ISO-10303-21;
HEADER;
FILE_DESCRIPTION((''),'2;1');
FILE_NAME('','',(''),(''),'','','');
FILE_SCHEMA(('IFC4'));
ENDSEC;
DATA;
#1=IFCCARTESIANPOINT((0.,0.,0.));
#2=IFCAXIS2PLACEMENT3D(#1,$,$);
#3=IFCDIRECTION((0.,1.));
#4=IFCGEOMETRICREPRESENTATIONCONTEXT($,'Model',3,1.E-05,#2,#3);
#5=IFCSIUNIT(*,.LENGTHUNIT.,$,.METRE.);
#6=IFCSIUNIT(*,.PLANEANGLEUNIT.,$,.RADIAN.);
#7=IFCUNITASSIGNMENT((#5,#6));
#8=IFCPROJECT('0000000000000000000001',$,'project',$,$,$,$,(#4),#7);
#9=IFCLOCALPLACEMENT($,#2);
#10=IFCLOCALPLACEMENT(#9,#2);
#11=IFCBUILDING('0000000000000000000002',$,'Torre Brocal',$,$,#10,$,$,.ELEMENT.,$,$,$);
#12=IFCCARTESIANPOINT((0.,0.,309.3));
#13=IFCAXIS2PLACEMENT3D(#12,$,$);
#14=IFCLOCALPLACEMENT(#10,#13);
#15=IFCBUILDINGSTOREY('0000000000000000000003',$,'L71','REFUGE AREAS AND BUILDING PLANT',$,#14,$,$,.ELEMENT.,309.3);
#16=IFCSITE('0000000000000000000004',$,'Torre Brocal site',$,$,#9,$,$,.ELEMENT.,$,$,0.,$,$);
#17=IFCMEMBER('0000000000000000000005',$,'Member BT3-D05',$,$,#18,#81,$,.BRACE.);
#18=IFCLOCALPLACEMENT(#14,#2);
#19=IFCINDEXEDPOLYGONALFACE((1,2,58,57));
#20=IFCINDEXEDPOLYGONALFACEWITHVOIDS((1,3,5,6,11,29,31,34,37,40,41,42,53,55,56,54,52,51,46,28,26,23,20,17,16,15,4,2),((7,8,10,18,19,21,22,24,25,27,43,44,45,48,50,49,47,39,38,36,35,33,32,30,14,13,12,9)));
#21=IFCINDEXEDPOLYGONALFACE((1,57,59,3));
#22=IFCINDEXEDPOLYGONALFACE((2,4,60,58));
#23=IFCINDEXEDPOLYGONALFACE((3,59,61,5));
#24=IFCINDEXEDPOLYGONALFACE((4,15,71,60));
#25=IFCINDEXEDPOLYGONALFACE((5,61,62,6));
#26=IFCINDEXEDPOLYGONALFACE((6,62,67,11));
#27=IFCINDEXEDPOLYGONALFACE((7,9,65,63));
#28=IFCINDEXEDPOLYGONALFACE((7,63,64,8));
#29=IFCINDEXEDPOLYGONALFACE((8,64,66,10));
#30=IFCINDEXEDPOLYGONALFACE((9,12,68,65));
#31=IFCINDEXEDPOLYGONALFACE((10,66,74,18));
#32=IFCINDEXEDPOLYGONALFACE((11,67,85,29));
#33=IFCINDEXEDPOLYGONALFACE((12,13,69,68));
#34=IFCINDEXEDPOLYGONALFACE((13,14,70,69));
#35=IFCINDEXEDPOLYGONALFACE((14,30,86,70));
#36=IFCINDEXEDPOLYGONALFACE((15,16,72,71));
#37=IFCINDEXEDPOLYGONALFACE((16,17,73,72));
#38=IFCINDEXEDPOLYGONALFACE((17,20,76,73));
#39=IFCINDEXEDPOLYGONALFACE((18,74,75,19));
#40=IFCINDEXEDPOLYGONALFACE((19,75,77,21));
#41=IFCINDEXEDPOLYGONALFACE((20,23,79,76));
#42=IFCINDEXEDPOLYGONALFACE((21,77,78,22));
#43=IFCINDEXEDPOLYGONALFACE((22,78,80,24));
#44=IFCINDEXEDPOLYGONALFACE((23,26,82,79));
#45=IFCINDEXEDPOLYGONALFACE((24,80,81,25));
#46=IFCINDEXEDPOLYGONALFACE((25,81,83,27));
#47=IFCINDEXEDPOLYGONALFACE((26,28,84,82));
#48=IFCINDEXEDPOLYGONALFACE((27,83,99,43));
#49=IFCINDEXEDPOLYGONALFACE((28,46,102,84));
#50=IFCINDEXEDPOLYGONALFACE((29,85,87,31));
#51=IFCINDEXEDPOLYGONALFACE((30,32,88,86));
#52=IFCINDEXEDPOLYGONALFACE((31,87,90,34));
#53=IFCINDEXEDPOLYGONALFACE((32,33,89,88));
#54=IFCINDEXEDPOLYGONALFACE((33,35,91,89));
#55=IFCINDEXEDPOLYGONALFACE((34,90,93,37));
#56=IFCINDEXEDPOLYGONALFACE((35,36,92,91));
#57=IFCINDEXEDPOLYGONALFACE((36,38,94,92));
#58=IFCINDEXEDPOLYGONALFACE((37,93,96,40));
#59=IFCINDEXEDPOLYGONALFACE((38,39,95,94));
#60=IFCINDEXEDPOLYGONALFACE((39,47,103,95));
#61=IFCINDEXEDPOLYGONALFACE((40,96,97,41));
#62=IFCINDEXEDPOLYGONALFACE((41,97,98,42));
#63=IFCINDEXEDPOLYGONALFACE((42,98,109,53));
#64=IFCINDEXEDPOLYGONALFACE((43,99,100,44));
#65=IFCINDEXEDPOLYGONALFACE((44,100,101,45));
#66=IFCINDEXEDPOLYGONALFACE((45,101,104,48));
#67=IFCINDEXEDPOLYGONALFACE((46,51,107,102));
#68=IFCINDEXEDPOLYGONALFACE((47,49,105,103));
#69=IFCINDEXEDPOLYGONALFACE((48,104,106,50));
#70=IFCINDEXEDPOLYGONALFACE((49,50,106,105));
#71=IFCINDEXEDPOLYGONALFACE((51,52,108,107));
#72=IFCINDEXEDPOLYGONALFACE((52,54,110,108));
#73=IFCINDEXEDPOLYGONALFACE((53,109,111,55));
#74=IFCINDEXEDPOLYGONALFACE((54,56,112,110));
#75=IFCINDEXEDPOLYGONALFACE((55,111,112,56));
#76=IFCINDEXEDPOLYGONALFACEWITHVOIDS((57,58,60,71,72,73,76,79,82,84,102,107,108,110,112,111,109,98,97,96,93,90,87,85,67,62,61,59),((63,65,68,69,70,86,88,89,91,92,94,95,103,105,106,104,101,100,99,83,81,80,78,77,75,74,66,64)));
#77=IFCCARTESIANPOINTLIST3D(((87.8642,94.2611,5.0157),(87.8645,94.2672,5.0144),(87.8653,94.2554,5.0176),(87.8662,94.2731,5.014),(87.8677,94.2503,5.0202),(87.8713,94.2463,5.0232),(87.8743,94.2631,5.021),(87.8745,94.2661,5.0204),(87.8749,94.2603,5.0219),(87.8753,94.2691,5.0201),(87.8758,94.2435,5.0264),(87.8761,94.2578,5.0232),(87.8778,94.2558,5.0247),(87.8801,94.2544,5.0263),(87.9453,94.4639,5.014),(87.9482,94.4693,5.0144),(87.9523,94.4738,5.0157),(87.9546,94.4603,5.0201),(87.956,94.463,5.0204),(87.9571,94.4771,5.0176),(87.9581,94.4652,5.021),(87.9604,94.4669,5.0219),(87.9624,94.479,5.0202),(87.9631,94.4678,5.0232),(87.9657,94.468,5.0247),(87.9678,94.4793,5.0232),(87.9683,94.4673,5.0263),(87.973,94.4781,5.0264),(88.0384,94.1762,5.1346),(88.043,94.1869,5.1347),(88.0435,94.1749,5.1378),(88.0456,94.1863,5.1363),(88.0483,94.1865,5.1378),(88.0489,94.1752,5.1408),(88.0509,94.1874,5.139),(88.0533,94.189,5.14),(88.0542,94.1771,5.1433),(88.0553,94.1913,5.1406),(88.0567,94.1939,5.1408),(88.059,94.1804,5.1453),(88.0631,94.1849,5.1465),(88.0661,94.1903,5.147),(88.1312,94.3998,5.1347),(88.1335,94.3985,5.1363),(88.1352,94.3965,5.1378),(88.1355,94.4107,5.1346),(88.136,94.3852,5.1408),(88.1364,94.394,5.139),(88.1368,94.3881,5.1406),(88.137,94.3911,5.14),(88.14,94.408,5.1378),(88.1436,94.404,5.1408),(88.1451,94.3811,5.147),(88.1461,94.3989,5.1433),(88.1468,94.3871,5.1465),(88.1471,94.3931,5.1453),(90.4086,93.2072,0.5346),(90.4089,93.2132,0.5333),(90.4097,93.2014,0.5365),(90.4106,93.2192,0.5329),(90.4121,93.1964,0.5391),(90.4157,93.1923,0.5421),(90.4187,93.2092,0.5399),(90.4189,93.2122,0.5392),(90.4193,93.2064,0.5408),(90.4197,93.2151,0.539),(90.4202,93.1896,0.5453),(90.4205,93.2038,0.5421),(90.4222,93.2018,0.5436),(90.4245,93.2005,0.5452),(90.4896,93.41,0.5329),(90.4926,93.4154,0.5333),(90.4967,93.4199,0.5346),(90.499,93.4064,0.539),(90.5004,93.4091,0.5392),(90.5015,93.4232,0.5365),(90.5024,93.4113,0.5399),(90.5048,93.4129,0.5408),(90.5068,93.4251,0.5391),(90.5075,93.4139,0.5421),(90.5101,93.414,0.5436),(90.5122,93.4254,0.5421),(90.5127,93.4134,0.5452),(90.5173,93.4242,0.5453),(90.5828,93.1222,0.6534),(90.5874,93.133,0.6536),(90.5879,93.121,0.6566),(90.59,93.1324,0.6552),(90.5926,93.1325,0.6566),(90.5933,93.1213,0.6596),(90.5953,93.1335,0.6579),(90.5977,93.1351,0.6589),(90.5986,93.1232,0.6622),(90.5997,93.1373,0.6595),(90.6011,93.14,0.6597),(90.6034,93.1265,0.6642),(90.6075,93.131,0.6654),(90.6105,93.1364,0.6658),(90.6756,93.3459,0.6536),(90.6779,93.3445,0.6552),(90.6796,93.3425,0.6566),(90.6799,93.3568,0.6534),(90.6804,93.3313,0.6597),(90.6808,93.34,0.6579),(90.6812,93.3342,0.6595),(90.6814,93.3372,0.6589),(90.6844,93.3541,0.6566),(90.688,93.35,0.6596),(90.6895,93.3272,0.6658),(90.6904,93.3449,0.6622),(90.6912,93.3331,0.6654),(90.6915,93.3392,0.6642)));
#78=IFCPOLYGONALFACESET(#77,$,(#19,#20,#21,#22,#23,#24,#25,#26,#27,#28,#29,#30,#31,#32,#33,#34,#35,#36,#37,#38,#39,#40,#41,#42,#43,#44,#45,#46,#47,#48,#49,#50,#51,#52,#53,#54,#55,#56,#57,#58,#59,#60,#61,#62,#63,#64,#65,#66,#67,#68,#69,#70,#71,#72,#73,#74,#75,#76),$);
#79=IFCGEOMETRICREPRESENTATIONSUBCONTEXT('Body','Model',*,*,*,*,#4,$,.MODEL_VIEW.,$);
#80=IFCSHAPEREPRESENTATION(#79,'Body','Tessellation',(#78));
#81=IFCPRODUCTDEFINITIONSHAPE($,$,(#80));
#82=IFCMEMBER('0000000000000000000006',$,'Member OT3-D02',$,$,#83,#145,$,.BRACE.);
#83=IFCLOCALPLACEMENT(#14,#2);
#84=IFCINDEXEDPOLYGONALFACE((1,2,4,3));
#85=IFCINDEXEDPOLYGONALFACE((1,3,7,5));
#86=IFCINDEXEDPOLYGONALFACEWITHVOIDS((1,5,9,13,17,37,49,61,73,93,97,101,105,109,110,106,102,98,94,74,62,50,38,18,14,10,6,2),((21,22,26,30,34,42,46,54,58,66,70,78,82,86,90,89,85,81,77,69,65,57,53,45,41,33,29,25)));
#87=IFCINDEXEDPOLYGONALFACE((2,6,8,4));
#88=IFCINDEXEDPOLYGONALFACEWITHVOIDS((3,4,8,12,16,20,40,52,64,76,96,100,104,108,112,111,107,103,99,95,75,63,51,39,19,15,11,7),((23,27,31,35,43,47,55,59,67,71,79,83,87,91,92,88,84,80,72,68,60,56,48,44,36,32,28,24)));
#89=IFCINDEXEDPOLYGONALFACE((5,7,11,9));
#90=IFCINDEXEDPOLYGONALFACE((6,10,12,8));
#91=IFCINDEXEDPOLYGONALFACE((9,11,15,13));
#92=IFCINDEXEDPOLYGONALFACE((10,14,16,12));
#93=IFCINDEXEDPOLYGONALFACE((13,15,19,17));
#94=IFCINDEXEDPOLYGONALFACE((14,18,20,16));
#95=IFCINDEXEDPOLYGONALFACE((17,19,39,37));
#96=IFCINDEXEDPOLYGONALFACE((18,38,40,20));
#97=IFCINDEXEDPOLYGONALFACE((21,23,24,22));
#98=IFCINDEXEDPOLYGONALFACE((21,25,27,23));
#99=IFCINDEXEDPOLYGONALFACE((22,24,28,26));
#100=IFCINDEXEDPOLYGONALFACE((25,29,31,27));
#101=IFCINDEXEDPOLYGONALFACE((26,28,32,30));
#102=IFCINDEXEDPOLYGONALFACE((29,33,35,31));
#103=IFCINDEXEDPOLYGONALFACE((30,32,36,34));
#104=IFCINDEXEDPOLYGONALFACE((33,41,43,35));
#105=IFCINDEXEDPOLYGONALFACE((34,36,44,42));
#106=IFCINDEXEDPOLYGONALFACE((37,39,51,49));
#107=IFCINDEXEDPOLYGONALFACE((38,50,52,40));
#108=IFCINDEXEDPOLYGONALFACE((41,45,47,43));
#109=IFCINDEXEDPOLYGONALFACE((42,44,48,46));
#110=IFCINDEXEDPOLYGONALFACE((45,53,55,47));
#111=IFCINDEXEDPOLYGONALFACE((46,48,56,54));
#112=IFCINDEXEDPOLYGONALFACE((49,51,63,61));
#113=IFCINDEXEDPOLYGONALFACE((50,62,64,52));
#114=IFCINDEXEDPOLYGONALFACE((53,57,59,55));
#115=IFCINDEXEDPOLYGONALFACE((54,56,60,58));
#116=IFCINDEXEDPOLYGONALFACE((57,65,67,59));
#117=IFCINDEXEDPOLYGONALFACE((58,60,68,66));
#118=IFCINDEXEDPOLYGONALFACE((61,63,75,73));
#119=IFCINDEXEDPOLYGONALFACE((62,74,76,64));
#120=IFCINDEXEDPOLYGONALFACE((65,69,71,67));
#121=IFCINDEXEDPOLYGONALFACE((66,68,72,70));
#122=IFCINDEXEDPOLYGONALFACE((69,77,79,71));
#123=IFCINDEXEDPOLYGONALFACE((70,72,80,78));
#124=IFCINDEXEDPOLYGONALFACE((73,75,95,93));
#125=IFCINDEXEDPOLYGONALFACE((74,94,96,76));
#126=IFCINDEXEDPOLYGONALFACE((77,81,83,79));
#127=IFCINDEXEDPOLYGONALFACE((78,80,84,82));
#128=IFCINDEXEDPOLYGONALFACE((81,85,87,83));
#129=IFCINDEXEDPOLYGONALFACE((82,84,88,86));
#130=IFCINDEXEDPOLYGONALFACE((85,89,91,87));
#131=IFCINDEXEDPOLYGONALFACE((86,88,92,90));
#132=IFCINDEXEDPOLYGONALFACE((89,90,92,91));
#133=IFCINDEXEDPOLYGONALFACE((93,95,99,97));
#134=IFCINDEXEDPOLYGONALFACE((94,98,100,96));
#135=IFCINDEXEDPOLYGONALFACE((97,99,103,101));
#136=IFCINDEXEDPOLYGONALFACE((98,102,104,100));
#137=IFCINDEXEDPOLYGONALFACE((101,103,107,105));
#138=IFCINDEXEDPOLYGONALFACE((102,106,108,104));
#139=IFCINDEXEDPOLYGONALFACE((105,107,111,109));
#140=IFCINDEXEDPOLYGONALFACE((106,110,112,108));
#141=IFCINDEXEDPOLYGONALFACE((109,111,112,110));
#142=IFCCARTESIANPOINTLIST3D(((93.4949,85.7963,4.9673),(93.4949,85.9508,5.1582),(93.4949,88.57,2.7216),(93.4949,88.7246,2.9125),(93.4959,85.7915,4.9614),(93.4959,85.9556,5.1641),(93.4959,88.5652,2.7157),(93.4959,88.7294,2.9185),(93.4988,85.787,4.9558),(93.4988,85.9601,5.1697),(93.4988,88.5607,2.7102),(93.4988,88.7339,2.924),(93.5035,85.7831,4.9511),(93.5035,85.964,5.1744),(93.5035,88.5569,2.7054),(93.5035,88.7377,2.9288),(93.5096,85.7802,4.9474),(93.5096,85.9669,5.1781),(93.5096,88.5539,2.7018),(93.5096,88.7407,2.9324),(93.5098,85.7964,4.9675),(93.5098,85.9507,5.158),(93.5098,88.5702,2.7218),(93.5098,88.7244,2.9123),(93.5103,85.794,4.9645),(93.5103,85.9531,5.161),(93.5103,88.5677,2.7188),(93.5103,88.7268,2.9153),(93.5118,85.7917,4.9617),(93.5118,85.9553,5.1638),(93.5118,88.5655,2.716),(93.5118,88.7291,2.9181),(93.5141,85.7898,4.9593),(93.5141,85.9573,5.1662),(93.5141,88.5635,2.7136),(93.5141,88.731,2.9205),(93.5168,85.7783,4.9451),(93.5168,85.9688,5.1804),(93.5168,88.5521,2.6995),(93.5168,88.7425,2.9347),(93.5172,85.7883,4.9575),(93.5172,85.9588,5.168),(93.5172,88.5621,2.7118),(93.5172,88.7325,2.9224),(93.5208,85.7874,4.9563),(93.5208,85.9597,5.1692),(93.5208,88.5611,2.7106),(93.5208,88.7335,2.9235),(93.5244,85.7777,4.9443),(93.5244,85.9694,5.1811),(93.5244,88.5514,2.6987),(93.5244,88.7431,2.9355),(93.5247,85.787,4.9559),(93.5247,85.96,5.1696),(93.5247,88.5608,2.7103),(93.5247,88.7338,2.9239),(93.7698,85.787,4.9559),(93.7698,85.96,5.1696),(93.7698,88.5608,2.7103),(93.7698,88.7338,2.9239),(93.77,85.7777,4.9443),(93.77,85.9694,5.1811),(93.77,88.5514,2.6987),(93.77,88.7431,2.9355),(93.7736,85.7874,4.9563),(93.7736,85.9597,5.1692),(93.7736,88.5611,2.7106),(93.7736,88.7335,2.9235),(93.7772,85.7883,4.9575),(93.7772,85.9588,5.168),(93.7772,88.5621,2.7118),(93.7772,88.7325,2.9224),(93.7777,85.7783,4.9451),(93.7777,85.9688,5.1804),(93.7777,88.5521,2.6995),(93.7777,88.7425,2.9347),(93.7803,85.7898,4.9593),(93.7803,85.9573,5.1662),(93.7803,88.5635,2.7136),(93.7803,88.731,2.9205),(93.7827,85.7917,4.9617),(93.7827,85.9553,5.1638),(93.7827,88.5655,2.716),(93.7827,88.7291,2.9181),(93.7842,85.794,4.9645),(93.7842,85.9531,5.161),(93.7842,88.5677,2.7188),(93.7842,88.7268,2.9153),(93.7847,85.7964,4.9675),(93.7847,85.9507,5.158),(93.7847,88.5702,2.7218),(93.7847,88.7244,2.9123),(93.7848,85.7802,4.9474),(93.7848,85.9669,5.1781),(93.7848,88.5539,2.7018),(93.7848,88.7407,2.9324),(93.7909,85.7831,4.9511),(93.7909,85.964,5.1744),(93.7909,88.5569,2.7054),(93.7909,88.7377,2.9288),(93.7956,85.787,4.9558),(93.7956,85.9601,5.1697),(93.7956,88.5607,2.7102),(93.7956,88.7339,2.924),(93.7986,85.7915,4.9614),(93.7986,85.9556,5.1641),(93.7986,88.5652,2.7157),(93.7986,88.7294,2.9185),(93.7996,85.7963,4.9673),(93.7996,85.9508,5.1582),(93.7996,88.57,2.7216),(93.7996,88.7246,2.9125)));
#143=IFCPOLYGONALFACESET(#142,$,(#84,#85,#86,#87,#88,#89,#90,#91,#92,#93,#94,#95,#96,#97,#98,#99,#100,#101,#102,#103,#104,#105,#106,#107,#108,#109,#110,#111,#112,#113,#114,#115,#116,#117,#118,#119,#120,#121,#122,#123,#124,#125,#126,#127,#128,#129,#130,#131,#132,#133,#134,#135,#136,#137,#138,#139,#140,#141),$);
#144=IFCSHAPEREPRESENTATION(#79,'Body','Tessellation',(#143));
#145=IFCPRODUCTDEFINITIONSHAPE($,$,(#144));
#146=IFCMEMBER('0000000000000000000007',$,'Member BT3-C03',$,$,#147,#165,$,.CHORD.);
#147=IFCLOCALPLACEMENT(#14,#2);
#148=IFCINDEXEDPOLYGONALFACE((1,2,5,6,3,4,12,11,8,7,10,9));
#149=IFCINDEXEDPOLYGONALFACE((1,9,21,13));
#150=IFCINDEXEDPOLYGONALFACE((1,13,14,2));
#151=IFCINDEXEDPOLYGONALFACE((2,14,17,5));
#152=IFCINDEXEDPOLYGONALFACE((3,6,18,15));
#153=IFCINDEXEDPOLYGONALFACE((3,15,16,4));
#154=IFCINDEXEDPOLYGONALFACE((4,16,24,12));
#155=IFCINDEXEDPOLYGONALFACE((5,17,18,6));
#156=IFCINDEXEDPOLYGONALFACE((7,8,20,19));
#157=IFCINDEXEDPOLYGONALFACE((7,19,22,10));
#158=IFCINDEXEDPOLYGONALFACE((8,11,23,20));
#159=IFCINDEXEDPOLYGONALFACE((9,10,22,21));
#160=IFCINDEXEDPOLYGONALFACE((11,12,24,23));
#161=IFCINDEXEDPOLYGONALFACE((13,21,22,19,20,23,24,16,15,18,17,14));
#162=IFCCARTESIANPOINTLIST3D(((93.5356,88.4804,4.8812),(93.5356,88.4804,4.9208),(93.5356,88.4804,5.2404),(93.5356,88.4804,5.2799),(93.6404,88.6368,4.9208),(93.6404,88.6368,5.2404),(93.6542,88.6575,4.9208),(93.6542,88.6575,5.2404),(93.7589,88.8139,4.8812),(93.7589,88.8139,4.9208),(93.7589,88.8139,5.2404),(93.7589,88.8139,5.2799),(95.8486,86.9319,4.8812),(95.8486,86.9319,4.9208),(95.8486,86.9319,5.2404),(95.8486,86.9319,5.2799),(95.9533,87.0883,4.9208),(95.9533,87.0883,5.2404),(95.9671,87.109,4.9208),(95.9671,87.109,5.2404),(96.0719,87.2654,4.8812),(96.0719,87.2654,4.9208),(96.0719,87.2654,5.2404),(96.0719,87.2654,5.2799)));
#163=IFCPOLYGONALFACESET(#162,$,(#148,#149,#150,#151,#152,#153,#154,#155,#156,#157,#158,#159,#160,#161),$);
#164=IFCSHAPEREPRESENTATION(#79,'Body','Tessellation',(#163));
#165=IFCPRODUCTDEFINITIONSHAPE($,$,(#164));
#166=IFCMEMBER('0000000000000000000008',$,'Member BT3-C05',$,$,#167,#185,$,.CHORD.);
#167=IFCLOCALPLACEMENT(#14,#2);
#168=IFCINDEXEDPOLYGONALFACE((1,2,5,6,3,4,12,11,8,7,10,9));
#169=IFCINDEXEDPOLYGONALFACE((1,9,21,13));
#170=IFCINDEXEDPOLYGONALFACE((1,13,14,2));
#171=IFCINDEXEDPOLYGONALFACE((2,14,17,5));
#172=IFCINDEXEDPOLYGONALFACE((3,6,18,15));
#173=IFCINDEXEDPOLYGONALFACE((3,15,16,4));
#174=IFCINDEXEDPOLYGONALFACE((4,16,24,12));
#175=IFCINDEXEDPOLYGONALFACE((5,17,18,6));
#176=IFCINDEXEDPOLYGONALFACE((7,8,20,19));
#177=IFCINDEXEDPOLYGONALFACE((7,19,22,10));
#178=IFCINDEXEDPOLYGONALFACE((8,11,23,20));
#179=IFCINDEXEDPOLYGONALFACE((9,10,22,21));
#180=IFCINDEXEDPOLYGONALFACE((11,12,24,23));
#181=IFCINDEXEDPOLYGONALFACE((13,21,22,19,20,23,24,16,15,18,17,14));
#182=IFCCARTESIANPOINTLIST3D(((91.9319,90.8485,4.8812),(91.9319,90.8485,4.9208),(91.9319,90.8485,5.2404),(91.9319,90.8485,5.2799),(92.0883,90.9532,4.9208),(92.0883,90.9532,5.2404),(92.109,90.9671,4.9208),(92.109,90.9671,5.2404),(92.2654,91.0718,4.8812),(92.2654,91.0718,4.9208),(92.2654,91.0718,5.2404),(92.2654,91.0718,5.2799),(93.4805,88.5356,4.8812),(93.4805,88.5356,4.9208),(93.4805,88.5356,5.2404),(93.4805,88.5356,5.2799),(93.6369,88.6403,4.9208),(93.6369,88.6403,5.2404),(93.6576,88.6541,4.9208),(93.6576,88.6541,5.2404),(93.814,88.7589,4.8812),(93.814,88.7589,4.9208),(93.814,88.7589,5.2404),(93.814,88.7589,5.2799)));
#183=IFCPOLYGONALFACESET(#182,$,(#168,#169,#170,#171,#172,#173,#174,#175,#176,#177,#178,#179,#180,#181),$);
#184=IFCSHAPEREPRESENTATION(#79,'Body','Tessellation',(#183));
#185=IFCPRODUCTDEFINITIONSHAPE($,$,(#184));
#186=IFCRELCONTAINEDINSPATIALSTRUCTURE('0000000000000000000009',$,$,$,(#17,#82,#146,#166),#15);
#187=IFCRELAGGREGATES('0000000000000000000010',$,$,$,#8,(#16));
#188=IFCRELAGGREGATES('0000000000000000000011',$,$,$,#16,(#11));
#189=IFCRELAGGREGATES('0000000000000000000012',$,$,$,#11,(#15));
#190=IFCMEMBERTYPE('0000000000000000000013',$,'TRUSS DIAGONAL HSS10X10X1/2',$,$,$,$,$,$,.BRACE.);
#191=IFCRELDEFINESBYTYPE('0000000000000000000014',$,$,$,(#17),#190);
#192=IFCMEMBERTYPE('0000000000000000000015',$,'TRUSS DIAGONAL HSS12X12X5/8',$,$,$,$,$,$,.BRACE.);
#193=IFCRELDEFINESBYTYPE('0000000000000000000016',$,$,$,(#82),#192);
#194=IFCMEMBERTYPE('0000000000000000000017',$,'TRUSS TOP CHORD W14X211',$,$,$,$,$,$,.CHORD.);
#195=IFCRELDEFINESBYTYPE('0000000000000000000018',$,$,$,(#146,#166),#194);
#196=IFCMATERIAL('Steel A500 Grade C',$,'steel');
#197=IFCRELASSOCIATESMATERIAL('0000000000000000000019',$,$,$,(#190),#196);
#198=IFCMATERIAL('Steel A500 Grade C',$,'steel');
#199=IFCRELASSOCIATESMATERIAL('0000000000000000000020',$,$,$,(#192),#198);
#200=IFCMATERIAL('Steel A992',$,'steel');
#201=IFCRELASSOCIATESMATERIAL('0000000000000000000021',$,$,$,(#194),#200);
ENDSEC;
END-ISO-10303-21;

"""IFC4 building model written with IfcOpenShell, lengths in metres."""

from ifc_helpers import new_model, si_unit, direction, frame, origin, origin_2d, place, context, subcontext, project, spatial, hollow_rectangle, i_section, extrude, material, material_profile, profile_set, type_object, element, save


model = new_model("IFC4")

# Units and contexts
model_context = context("Model", 3, precision=1e-05, world=origin(), true_north=direction((0.0, 1.0)))
body_context = subcontext(model_context, "Body", "Model", "MODEL_VIEW")
ifc_project = project(units=[si_unit("LENGTHUNIT", "METRE"), si_unit("PLANEANGLEUNIT", "RADIAN")], contexts=[model_context])

# Site, building, storey
site_placement = place(None, origin())
site = spatial("IfcSite", under=ifc_project, at=site_placement, Name="Torre Brocal site", CompositionType="ELEMENT", RefElevation=0.0)
building_placement = place(site_placement, origin())
building = spatial("IfcBuilding", under=site, at=building_placement, Name="Torre Brocal", CompositionType="ELEMENT")
storey_placement = place(building_placement, frame((0.0, 0.0, 309.3)))
storey = spatial("IfcBuildingStorey", under=building, at=storey_placement, Name="L71", Description="REFUGE AREAS AND BUILDING PLANT", CompositionType="ELEMENT", Elevation=309.3)

# Members
ifc_material_1 = material(Name="Steel A500 Grade C", Category="steel")
ifc_material_profile_1 = material_profile(ifc_material_1, hollow_rectangle(XDim=0.2539, YDim=0.2539, WallThickness=0.0117, InnerFilletRadius=0.0117, OuterFilletRadius=0.0237, at=origin_2d()), Name="HSS10X10X1/2")
ifc_profile_set_1 = profile_set([ifc_material_profile_1], Name="Steel A500 Grade C")
member_type_1 = type_object("IfcMemberType", Name="TRUSS DIAGONAL HSS10X10X1/2", PredefinedType="BRACE", material=ifc_profile_set_1)
member_1_placement = place(storey_placement, frame((90.55, 93.2732, 0.5994), z_axis=(-0.483745, 0.200377, 0.851962), x_axis=(-0.382688, -0.923877, 0.0)))
element("IfcMember", 1, at=member_1_placement, inside=storey, type_object=member_type_1, Name="Member BT3-D05", PredefinedType="BRACE", context=body_context, shape_type="SweptSolid", body=[
    extrude(hollow_rectangle(XDim=0.2539, YDim=0.2539, WallThickness=0.0117, InnerFilletRadius=0.0117, OuterFilletRadius=0.0237, at=origin_2d()), origin(), (0.0, 0.0, 1.0), 5.2598),
])
ifc_material_2 = material(Name="Steel A500 Grade C", Category="steel")
ifc_material_profile_2 = material_profile(ifc_material_2, hollow_rectangle(XDim=0.3047, YDim=0.3047, WallThickness=0.0149, InnerFilletRadius=0.0149, OuterFilletRadius=0.0295, at=origin_2d()), Name="HSS12X12X5/8")
ifc_profile_set_2 = profile_set([ifc_material_profile_2], Name="Steel A500 Grade C")
member_type_2 = type_object("IfcMemberType", Name="TRUSS DIAGONAL HSS12X12X5/8", PredefinedType="BRACE", material=ifc_profile_set_2)
member_2_placement = place(storey_placement, frame((93.6472, 85.8735, 5.0627), z_axis=(0.0, 0.777211, -0.62924), x_axis=(-1.0, 0.0, 0.0)))
element("IfcMember", 2, at=member_2_placement, inside=storey, type_object=member_type_2, Name="Member OT3-D02", PredefinedType="BRACE", context=body_context, shape_type="SweptSolid", body=[
    extrude(hollow_rectangle(XDim=0.3047, YDim=0.3047, WallThickness=0.0149, InnerFilletRadius=0.0149, OuterFilletRadius=0.0295, at=origin_2d()), origin(), (0.0, 0.0, 1.0), 3.5688),
])
ifc_material_3 = material(Name="Steel A992", Category="steel")
ifc_material_profile_3 = material_profile(ifc_material_3, i_section(OverallWidth=0.4014, OverallDepth=0.3987, WebThickness=0.0249, FlangeThickness=0.0396, at=origin_2d()), Name="W14X211")
ifc_profile_set_3 = profile_set([ifc_material_profile_3], Name="Steel A992")
member_type_3 = type_object("IfcMemberType", Name="TRUSS TOP CHORD W14X211", PredefinedType="CHORD", material=ifc_profile_set_3)
for number, where, z_axis, x_axis, name in (
    (3, (95.9602, 87.0986, 5.0806), (-0.830956, 0.556339, 0.0), (-0.556339, -0.830956, 0.0), "Member BT3-C03"),
    (4, (93.6472, 88.6472, 5.0806), (-0.556339, 0.830956, 0.0), (-0.830956, -0.556339, 0.0), "Member BT3-C05"),
):
    element("IfcMember", number, at=place(storey_placement, frame(where, z_axis=z_axis, x_axis=x_axis)), inside=storey, type_object=member_type_3, Name=name, PredefinedType="CHORD", context=body_context, shape_type="SweptSolid", body=[
        extrude(i_section(OverallWidth=0.4014, OverallDepth=0.3987, WebThickness=0.0249, FlangeThickness=0.0396, at=origin_2d()), origin(), (0.0, 0.0, 1.0), 2.7834),
    ])

save(model, "model.ifc")
